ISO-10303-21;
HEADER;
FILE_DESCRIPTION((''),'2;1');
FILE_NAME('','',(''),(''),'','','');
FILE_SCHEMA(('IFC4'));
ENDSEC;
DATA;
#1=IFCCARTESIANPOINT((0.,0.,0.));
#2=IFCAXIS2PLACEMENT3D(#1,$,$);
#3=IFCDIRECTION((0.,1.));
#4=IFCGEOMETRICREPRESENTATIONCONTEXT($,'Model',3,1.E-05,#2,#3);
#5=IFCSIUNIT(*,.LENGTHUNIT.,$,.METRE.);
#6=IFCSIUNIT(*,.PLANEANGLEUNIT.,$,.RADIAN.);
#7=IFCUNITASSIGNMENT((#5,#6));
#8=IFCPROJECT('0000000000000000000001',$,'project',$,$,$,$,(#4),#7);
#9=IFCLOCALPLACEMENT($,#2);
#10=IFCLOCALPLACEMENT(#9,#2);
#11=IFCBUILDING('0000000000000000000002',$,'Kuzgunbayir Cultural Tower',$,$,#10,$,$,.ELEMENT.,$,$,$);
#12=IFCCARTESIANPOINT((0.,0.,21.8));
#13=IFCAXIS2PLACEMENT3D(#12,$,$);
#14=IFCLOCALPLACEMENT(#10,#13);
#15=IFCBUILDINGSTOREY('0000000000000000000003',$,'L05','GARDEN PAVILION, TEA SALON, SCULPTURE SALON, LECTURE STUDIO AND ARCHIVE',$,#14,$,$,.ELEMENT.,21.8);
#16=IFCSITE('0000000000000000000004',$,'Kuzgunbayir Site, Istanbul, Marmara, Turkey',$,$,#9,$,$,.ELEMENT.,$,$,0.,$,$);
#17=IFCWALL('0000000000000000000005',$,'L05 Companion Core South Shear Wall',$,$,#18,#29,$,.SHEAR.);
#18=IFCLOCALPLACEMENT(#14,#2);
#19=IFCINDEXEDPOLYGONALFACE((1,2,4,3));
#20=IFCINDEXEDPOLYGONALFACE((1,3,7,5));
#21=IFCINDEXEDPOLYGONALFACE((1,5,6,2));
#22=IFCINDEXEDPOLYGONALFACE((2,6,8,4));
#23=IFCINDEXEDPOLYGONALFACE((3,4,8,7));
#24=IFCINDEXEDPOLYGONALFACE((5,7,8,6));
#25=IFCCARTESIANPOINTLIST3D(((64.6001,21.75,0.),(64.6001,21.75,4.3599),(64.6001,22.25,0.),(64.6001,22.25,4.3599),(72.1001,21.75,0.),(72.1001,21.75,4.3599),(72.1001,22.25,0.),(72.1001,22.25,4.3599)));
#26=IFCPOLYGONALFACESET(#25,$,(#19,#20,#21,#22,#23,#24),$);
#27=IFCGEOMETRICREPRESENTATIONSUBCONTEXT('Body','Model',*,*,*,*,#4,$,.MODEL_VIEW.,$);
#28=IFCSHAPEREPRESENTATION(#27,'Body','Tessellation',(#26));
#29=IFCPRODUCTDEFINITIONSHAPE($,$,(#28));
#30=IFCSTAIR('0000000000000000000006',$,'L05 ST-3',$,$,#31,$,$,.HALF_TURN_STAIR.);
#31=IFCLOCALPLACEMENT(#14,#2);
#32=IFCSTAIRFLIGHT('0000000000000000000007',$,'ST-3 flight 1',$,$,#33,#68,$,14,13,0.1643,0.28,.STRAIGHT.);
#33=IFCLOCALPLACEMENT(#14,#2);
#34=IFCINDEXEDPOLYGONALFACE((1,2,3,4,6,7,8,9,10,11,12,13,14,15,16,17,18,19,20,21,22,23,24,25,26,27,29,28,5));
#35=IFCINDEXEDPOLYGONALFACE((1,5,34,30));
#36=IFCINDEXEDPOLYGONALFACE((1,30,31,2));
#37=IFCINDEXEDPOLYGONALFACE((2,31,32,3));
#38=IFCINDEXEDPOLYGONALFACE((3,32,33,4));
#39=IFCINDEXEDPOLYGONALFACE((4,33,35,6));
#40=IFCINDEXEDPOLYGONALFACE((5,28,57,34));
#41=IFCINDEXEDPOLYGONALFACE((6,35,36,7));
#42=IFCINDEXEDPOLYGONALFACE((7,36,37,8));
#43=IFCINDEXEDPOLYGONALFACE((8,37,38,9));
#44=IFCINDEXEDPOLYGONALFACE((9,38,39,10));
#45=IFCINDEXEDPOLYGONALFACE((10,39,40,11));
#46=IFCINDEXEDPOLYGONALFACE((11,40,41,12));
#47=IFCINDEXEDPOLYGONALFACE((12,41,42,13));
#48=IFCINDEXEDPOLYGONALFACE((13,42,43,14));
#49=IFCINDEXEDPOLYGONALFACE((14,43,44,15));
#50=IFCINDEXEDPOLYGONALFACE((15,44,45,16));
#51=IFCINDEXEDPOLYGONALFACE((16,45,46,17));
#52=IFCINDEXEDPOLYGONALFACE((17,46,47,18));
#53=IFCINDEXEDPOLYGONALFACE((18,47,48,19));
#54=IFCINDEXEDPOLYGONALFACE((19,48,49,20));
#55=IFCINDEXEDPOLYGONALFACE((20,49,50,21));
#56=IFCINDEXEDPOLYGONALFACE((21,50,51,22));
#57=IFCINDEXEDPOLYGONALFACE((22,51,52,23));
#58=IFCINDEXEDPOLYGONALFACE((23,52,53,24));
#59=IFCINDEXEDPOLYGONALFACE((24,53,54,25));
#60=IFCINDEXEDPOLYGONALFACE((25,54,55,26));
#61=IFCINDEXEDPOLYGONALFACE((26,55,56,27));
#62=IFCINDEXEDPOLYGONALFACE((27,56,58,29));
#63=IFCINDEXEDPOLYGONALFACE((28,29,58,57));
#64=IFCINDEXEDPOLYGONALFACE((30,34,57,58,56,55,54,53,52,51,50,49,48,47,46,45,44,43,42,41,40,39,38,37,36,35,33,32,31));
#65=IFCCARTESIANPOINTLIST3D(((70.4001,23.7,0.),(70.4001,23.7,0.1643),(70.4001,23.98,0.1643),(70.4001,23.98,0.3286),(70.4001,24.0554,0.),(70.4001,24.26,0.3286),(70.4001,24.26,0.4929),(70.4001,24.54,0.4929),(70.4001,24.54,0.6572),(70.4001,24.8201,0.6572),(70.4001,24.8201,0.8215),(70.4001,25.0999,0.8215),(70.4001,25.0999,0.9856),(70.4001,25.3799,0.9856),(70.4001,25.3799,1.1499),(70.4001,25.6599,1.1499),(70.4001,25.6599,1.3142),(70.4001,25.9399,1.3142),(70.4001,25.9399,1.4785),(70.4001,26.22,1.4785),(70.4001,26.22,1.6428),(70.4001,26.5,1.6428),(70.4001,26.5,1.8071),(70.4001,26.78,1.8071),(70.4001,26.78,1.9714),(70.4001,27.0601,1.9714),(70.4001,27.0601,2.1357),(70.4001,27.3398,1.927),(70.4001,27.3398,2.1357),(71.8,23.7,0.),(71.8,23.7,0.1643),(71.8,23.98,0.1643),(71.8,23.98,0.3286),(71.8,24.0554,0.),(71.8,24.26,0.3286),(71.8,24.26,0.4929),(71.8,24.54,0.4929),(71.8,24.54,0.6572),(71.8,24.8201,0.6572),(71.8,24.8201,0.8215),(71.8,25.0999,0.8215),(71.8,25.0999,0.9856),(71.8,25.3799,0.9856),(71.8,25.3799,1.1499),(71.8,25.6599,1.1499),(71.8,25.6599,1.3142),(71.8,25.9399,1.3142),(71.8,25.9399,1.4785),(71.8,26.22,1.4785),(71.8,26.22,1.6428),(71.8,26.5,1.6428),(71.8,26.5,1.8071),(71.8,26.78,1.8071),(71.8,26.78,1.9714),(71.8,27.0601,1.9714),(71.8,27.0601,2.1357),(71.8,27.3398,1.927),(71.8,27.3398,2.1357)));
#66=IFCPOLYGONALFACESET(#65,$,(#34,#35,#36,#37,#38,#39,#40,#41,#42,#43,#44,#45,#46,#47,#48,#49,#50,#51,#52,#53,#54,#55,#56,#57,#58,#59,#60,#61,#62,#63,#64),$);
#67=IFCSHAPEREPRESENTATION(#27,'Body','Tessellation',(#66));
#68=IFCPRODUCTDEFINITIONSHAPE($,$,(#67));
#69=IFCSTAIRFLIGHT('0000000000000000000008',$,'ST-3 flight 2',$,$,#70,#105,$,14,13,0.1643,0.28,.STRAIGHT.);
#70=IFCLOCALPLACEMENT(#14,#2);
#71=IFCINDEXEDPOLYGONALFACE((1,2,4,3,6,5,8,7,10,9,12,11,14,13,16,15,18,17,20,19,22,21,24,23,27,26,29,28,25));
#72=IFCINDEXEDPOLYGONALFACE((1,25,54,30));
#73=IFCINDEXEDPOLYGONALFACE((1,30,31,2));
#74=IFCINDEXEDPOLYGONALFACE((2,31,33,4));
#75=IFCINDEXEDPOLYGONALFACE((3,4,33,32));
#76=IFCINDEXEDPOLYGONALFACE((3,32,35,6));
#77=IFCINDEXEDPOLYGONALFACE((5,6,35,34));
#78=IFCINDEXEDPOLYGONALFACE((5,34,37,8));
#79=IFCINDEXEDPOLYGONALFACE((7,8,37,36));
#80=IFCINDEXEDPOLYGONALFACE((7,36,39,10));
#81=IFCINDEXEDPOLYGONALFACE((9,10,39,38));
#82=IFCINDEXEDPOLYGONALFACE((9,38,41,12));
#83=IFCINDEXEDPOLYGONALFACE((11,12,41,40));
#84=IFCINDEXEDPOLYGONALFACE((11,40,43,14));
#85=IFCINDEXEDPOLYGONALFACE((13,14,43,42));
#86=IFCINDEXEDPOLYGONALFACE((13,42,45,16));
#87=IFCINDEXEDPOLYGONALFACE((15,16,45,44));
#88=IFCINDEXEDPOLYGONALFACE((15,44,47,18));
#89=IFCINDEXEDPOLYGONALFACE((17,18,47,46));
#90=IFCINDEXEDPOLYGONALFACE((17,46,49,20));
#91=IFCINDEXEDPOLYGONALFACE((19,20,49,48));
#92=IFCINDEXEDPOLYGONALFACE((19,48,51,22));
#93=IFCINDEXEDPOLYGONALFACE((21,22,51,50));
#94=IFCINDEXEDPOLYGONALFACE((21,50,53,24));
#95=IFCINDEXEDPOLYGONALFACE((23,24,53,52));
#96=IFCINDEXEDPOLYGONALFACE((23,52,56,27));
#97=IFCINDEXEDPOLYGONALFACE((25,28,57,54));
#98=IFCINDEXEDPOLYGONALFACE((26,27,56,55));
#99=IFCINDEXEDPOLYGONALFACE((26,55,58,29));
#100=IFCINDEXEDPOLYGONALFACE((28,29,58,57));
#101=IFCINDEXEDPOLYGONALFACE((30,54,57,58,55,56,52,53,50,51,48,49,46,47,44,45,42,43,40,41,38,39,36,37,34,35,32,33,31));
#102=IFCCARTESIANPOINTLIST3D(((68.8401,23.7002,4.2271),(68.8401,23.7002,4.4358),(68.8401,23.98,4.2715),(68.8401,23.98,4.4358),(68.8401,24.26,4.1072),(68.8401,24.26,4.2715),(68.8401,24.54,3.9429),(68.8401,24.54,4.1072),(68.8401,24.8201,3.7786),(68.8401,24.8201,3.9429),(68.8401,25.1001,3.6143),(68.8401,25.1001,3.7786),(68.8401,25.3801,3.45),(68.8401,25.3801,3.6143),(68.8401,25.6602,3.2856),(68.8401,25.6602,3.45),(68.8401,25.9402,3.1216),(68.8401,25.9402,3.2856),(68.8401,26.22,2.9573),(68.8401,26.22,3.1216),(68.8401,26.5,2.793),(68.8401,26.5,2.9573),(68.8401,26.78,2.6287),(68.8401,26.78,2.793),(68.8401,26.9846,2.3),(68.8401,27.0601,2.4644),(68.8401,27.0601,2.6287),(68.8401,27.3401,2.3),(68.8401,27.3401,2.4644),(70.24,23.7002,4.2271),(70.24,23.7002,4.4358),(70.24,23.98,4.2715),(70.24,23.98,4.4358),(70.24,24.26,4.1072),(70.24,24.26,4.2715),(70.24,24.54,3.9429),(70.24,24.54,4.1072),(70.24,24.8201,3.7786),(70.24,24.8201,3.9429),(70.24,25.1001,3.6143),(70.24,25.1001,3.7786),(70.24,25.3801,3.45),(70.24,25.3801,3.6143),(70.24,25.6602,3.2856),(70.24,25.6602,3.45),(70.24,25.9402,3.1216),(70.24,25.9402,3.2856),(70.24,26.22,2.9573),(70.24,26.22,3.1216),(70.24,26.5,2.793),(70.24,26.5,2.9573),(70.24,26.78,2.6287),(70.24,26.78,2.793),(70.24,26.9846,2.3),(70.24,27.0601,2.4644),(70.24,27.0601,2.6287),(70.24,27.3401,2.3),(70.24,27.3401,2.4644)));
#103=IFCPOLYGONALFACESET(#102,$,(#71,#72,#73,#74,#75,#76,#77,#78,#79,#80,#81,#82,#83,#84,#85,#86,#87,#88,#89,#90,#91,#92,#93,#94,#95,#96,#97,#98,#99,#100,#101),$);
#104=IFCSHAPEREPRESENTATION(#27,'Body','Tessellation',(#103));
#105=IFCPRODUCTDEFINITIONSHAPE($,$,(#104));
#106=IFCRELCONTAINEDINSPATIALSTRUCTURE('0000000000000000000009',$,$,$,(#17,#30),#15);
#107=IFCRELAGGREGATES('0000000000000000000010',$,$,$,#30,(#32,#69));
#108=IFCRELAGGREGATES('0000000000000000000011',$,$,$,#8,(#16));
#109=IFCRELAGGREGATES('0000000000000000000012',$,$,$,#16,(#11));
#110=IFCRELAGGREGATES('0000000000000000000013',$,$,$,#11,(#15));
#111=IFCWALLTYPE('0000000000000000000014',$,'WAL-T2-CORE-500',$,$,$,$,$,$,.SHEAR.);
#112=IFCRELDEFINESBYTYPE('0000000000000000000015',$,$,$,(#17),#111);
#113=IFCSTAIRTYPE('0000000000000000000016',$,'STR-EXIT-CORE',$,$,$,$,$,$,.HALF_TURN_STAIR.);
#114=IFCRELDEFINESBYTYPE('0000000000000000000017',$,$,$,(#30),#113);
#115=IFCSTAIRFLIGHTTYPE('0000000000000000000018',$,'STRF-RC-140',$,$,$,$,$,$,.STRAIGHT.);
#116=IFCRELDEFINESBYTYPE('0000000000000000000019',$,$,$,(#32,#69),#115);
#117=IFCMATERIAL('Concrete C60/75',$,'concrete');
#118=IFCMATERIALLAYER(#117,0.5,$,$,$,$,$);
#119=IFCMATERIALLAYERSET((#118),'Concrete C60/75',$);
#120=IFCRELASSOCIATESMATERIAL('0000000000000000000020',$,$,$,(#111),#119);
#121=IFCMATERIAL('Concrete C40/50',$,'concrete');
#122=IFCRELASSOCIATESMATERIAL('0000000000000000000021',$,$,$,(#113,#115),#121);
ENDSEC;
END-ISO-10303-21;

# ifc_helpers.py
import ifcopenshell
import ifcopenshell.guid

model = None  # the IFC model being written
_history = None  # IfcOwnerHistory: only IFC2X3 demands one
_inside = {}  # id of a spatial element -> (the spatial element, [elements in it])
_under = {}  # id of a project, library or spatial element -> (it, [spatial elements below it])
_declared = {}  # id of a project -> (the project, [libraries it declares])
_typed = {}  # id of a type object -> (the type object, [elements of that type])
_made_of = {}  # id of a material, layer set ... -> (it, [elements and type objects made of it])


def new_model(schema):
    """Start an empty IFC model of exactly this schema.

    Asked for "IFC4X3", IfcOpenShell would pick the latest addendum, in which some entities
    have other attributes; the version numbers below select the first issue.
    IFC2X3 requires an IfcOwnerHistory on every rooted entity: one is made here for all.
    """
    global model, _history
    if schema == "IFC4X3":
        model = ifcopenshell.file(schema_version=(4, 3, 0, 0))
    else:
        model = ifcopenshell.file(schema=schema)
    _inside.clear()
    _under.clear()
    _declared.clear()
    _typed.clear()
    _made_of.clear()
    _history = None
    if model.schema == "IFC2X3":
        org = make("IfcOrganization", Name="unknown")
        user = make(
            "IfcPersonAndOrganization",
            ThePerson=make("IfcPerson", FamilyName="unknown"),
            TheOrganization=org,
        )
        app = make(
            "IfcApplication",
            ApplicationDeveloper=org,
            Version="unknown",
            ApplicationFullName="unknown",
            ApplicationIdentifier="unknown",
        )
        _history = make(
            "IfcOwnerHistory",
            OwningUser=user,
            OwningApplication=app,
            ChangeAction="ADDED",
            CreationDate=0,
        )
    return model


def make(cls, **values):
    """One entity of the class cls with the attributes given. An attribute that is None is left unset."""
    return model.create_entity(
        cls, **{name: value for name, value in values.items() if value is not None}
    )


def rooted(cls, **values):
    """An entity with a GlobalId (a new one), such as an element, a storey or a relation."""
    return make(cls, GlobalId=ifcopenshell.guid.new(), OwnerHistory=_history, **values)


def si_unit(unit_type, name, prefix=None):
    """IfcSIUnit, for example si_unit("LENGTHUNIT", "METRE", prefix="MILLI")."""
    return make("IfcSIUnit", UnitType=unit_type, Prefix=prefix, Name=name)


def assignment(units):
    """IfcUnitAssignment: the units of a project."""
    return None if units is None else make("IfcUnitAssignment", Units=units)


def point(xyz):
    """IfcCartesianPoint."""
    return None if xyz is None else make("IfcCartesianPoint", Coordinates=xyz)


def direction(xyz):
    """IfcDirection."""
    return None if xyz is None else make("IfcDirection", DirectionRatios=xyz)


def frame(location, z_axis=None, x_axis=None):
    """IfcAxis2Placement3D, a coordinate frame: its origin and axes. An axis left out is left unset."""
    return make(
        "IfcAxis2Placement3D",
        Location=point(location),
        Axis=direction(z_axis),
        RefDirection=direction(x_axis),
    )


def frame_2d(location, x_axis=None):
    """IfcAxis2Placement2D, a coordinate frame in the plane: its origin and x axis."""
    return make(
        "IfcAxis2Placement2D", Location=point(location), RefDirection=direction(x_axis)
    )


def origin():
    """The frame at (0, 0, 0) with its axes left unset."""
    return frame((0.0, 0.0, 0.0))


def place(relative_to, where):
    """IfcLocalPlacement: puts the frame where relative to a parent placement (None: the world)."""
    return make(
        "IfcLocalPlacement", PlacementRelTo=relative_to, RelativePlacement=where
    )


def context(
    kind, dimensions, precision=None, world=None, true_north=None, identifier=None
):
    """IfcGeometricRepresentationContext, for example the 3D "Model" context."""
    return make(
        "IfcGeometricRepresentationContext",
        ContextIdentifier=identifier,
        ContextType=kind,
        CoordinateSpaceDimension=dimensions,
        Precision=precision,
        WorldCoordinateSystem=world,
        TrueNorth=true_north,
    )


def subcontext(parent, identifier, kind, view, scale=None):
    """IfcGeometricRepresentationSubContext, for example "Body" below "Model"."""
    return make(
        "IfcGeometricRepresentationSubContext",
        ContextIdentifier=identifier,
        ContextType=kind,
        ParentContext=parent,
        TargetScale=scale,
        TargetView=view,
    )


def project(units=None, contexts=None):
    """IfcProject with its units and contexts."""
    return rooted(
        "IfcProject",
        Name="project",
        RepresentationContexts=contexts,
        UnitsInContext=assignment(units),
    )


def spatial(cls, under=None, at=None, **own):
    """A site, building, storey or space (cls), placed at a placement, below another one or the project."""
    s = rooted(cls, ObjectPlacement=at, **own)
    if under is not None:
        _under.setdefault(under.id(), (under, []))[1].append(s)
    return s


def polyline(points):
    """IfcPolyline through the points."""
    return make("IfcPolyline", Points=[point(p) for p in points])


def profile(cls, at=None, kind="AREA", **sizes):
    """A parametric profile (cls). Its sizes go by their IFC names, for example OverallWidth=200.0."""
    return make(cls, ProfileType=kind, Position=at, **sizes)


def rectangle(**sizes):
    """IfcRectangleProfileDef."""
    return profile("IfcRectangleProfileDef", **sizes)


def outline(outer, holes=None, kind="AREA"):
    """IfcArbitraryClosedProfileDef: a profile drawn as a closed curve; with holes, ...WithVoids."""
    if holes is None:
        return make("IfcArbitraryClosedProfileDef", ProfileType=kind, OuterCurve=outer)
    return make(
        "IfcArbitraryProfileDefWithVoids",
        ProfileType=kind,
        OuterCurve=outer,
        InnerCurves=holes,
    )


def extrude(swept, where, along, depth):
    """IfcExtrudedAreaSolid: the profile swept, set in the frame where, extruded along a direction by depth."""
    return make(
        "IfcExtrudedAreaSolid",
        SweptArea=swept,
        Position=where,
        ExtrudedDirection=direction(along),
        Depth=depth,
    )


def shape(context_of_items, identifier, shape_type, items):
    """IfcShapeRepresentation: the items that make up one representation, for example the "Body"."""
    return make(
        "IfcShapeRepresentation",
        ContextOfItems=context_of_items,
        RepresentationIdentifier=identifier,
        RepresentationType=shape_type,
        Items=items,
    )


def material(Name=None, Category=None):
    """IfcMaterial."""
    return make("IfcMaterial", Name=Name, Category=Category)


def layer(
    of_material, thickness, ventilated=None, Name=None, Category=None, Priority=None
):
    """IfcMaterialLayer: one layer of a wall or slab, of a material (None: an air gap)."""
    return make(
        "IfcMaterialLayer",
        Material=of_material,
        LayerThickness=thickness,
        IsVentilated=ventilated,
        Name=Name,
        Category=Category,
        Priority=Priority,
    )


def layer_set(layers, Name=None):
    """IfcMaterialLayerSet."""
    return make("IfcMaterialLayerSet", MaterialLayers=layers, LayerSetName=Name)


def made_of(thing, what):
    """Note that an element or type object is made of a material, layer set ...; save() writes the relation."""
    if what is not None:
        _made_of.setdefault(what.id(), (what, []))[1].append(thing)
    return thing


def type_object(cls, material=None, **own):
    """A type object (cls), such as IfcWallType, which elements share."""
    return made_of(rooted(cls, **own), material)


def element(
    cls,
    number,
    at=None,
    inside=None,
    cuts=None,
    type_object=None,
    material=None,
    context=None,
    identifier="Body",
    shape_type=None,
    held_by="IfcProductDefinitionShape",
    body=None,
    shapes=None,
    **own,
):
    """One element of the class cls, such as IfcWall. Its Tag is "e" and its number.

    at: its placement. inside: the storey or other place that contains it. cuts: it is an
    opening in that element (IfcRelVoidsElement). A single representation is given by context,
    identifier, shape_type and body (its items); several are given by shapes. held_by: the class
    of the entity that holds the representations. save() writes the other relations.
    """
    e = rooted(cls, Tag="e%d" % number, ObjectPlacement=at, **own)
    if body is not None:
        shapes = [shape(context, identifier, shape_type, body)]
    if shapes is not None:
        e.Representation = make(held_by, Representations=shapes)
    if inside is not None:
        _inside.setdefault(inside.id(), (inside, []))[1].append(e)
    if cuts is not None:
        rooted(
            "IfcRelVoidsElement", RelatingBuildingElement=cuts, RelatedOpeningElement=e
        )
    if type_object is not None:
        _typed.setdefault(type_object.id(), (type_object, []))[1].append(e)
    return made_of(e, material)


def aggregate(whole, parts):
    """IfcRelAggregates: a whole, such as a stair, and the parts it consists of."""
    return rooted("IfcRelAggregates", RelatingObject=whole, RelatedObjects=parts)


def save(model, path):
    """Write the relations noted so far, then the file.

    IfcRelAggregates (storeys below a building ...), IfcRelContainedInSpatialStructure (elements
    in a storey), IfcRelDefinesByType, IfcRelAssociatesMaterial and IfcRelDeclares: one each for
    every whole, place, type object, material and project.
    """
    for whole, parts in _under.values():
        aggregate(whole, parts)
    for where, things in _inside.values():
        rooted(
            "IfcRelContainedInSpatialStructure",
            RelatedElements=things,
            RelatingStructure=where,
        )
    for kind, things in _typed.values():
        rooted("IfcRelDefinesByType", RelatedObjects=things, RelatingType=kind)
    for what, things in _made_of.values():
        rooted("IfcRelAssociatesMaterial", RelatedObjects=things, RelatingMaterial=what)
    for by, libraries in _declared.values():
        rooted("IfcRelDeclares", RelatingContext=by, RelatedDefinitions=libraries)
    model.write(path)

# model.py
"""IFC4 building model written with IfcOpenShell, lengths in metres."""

from ifc_helpers import new_model, si_unit, direction, frame, frame_2d, origin, place, context, subcontext, project, spatial, polyline, rectangle, outline, extrude, material, layer, layer_set, type_object, element, aggregate, save


model = new_model("IFC4")

# Units and contexts
model_context = context("Model", 3, precision=1e-05, world=origin(), true_north=direction((0.0, 1.0)))
body_context = subcontext(model_context, "Body", "Model", "MODEL_VIEW")
ifc_project = project(units=[si_unit("LENGTHUNIT", "METRE"), si_unit("PLANEANGLEUNIT", "RADIAN")], contexts=[model_context])

# Site, building, storey
site_placement = place(None, origin())
site = spatial("IfcSite", under=ifc_project, at=site_placement, Name="Kuzgunbayir Site, Istanbul, Marmara, Turkey", CompositionType="ELEMENT", RefElevation=0.0)
building_placement = place(site_placement, origin())
building = spatial("IfcBuilding", under=site, at=building_placement, Name="Kuzgunbayir Cultural Tower", CompositionType="ELEMENT")
storey_placement = place(building_placement, frame((0.0, 0.0, 21.8)))
storey = spatial("IfcBuildingStorey", under=building, at=storey_placement, Name="L05", Description="GARDEN PAVILION, TEA SALON, SCULPTURE SALON, LECTURE STUDIO AND ARCHIVE", CompositionType="ELEMENT", Elevation=21.8)

# Shared definitions
ifc_material_1 = material(Name="Concrete C60/75", Category="concrete")

# Shared definitions
ifc_material_2 = material(Name="Concrete C40/50", Category="concrete")

# Wall
ifc_layer_1 = layer(ifc_material_1, 0.5)
ifc_layer_set_1 = layer_set([ifc_layer_1], Name="Concrete C60/75")
wall_type_1 = type_object("IfcWallType", Name="WAL-T2-CORE-500", PredefinedType="SHEAR", material=ifc_layer_set_1)
wall_1_placement = place(storey_placement, frame((64.6001, 22.0, 0.0), z_axis=(0.0, 0.0, 1.0), x_axis=(1.0, 0.0, 0.0)))
element("IfcWall", 1, at=wall_1_placement, inside=storey, type_object=wall_type_1, Name="L05 Companion Core South Shear Wall", PredefinedType="SHEAR", context=body_context, shape_type="SweptSolid", body=[
    extrude(rectangle(XDim=7.5, YDim=0.5, at=frame_2d((3.75, 0.0))), origin(), (0.0, 0.0, 1.0), 4.3599),
])

# Stair, stair flights
stair_type = type_object("IfcStairType", Name="STR-EXIT-CORE", PredefinedType="HALF_TURN_STAIR", material=ifc_material_2)
stair_placement = place(storey_placement, origin())
stair = element("IfcStair", 2, at=stair_placement, inside=storey, type_object=stair_type, Name="L05 ST-3", PredefinedType="HALF_TURN_STAIR")
stair_flight_type = type_object("IfcStairFlightType", Name="STRF-RC-140", PredefinedType="STRAIGHT", material=ifc_material_2)
stair_flight_1_placement = place(storey_placement, frame((71.1001, 23.7, 0.0), z_axis=(0.0, 0.0, 1.0), x_axis=(0.0, 1.0, 0.0)))
stair_flight_1 = element("IfcStairFlight", 3, at=stair_flight_1_placement, type_object=stair_flight_type, Name="ST-3 flight 1", NumberOfRisers=14, NumberOfTreads=13, PredefinedType="STRAIGHT", RiserHeight=0.1643, TreadLength=0.28, context=body_context, shape_type="SweptSolid", body=[
    extrude(outline(polyline([(0.0, 0.0), (0.0, 0.1643), (0.28, 0.1643), (0.28, 0.3286), (0.5601, 0.3286), (0.5601, 0.4929), (0.8401, 0.4929), (0.8401, 0.6572), (1.1201, 0.6572), (1.1201, 0.8215), (1.3999, 0.8215), (1.3999, 0.9856), (1.6799, 0.9856), (1.6799, 1.1499), (1.96, 1.1499), (1.96, 1.3142), (2.24, 1.3142), (2.24, 1.4785), (2.52, 1.4785), (2.52, 1.6428), (2.8, 1.6428), (2.8, 1.8071), (3.0801, 1.8071), (3.0801, 1.9714), (3.3601, 1.9714), (3.3601, 2.1357), (3.6399, 2.1357), (3.6399, 2.3), (3.6399, 1.927), (0.3555, 0.0), (0.0, 0.0)])), frame((0.0, 0.7, 0.0), z_axis=(0.0, -1.0, 0.0), x_axis=(1.0, 0.0, 0.0)), (0.0, 0.0, 1.0), 1.3999),
])
stair_flight_2_placement = place(storey_placement, frame((69.54, 27.3401, 2.3), z_axis=(0.0, 0.0, 1.0), x_axis=(0.0, -1.0, 0.0)))
stair_flight_2 = element("IfcStairFlight", 4, at=stair_flight_2_placement, type_object=stair_flight_type, Name="ST-3 flight 2", NumberOfRisers=14, NumberOfTreads=13, PredefinedType="STRAIGHT", RiserHeight=0.1643, TreadLength=0.28, context=body_context, shape_type="SweptSolid", body=[
    extrude(outline(polyline([(0.0, 0.0), (0.0, 0.1643), (0.28, 0.1643), (0.28, 0.3286), (0.5601, 0.3286), (0.5601, 0.4929), (0.8401, 0.4929), (0.8401, 0.6572), (1.1201, 0.6572), (1.1201, 0.8215), (1.3999, 0.8215), (1.3999, 0.9856), (1.6799, 0.9856), (1.6799, 1.1499), (1.96, 1.1499), (1.96, 1.3142), (2.24, 1.3142), (2.24, 1.4785), (2.52, 1.4785), (2.52, 1.6428), (2.8, 1.6428), (2.8, 1.8071), (3.0801, 1.8071), (3.0801, 1.9714), (3.3601, 1.9714), (3.3601, 2.1357), (3.6399, 2.1357), (3.6399, 2.3), (3.6399, 1.927), (0.3555, 0.0), (0.0, 0.0)])), frame((0.0, 0.7, 0.0), z_axis=(0.0, -1.0, 0.0), x_axis=(1.0, 0.0, 0.0)), (0.0, 0.0, 1.0), 1.3999),
])
aggregate(stair, [stair_flight_1, stair_flight_2])

save(model, "model.ifc")
